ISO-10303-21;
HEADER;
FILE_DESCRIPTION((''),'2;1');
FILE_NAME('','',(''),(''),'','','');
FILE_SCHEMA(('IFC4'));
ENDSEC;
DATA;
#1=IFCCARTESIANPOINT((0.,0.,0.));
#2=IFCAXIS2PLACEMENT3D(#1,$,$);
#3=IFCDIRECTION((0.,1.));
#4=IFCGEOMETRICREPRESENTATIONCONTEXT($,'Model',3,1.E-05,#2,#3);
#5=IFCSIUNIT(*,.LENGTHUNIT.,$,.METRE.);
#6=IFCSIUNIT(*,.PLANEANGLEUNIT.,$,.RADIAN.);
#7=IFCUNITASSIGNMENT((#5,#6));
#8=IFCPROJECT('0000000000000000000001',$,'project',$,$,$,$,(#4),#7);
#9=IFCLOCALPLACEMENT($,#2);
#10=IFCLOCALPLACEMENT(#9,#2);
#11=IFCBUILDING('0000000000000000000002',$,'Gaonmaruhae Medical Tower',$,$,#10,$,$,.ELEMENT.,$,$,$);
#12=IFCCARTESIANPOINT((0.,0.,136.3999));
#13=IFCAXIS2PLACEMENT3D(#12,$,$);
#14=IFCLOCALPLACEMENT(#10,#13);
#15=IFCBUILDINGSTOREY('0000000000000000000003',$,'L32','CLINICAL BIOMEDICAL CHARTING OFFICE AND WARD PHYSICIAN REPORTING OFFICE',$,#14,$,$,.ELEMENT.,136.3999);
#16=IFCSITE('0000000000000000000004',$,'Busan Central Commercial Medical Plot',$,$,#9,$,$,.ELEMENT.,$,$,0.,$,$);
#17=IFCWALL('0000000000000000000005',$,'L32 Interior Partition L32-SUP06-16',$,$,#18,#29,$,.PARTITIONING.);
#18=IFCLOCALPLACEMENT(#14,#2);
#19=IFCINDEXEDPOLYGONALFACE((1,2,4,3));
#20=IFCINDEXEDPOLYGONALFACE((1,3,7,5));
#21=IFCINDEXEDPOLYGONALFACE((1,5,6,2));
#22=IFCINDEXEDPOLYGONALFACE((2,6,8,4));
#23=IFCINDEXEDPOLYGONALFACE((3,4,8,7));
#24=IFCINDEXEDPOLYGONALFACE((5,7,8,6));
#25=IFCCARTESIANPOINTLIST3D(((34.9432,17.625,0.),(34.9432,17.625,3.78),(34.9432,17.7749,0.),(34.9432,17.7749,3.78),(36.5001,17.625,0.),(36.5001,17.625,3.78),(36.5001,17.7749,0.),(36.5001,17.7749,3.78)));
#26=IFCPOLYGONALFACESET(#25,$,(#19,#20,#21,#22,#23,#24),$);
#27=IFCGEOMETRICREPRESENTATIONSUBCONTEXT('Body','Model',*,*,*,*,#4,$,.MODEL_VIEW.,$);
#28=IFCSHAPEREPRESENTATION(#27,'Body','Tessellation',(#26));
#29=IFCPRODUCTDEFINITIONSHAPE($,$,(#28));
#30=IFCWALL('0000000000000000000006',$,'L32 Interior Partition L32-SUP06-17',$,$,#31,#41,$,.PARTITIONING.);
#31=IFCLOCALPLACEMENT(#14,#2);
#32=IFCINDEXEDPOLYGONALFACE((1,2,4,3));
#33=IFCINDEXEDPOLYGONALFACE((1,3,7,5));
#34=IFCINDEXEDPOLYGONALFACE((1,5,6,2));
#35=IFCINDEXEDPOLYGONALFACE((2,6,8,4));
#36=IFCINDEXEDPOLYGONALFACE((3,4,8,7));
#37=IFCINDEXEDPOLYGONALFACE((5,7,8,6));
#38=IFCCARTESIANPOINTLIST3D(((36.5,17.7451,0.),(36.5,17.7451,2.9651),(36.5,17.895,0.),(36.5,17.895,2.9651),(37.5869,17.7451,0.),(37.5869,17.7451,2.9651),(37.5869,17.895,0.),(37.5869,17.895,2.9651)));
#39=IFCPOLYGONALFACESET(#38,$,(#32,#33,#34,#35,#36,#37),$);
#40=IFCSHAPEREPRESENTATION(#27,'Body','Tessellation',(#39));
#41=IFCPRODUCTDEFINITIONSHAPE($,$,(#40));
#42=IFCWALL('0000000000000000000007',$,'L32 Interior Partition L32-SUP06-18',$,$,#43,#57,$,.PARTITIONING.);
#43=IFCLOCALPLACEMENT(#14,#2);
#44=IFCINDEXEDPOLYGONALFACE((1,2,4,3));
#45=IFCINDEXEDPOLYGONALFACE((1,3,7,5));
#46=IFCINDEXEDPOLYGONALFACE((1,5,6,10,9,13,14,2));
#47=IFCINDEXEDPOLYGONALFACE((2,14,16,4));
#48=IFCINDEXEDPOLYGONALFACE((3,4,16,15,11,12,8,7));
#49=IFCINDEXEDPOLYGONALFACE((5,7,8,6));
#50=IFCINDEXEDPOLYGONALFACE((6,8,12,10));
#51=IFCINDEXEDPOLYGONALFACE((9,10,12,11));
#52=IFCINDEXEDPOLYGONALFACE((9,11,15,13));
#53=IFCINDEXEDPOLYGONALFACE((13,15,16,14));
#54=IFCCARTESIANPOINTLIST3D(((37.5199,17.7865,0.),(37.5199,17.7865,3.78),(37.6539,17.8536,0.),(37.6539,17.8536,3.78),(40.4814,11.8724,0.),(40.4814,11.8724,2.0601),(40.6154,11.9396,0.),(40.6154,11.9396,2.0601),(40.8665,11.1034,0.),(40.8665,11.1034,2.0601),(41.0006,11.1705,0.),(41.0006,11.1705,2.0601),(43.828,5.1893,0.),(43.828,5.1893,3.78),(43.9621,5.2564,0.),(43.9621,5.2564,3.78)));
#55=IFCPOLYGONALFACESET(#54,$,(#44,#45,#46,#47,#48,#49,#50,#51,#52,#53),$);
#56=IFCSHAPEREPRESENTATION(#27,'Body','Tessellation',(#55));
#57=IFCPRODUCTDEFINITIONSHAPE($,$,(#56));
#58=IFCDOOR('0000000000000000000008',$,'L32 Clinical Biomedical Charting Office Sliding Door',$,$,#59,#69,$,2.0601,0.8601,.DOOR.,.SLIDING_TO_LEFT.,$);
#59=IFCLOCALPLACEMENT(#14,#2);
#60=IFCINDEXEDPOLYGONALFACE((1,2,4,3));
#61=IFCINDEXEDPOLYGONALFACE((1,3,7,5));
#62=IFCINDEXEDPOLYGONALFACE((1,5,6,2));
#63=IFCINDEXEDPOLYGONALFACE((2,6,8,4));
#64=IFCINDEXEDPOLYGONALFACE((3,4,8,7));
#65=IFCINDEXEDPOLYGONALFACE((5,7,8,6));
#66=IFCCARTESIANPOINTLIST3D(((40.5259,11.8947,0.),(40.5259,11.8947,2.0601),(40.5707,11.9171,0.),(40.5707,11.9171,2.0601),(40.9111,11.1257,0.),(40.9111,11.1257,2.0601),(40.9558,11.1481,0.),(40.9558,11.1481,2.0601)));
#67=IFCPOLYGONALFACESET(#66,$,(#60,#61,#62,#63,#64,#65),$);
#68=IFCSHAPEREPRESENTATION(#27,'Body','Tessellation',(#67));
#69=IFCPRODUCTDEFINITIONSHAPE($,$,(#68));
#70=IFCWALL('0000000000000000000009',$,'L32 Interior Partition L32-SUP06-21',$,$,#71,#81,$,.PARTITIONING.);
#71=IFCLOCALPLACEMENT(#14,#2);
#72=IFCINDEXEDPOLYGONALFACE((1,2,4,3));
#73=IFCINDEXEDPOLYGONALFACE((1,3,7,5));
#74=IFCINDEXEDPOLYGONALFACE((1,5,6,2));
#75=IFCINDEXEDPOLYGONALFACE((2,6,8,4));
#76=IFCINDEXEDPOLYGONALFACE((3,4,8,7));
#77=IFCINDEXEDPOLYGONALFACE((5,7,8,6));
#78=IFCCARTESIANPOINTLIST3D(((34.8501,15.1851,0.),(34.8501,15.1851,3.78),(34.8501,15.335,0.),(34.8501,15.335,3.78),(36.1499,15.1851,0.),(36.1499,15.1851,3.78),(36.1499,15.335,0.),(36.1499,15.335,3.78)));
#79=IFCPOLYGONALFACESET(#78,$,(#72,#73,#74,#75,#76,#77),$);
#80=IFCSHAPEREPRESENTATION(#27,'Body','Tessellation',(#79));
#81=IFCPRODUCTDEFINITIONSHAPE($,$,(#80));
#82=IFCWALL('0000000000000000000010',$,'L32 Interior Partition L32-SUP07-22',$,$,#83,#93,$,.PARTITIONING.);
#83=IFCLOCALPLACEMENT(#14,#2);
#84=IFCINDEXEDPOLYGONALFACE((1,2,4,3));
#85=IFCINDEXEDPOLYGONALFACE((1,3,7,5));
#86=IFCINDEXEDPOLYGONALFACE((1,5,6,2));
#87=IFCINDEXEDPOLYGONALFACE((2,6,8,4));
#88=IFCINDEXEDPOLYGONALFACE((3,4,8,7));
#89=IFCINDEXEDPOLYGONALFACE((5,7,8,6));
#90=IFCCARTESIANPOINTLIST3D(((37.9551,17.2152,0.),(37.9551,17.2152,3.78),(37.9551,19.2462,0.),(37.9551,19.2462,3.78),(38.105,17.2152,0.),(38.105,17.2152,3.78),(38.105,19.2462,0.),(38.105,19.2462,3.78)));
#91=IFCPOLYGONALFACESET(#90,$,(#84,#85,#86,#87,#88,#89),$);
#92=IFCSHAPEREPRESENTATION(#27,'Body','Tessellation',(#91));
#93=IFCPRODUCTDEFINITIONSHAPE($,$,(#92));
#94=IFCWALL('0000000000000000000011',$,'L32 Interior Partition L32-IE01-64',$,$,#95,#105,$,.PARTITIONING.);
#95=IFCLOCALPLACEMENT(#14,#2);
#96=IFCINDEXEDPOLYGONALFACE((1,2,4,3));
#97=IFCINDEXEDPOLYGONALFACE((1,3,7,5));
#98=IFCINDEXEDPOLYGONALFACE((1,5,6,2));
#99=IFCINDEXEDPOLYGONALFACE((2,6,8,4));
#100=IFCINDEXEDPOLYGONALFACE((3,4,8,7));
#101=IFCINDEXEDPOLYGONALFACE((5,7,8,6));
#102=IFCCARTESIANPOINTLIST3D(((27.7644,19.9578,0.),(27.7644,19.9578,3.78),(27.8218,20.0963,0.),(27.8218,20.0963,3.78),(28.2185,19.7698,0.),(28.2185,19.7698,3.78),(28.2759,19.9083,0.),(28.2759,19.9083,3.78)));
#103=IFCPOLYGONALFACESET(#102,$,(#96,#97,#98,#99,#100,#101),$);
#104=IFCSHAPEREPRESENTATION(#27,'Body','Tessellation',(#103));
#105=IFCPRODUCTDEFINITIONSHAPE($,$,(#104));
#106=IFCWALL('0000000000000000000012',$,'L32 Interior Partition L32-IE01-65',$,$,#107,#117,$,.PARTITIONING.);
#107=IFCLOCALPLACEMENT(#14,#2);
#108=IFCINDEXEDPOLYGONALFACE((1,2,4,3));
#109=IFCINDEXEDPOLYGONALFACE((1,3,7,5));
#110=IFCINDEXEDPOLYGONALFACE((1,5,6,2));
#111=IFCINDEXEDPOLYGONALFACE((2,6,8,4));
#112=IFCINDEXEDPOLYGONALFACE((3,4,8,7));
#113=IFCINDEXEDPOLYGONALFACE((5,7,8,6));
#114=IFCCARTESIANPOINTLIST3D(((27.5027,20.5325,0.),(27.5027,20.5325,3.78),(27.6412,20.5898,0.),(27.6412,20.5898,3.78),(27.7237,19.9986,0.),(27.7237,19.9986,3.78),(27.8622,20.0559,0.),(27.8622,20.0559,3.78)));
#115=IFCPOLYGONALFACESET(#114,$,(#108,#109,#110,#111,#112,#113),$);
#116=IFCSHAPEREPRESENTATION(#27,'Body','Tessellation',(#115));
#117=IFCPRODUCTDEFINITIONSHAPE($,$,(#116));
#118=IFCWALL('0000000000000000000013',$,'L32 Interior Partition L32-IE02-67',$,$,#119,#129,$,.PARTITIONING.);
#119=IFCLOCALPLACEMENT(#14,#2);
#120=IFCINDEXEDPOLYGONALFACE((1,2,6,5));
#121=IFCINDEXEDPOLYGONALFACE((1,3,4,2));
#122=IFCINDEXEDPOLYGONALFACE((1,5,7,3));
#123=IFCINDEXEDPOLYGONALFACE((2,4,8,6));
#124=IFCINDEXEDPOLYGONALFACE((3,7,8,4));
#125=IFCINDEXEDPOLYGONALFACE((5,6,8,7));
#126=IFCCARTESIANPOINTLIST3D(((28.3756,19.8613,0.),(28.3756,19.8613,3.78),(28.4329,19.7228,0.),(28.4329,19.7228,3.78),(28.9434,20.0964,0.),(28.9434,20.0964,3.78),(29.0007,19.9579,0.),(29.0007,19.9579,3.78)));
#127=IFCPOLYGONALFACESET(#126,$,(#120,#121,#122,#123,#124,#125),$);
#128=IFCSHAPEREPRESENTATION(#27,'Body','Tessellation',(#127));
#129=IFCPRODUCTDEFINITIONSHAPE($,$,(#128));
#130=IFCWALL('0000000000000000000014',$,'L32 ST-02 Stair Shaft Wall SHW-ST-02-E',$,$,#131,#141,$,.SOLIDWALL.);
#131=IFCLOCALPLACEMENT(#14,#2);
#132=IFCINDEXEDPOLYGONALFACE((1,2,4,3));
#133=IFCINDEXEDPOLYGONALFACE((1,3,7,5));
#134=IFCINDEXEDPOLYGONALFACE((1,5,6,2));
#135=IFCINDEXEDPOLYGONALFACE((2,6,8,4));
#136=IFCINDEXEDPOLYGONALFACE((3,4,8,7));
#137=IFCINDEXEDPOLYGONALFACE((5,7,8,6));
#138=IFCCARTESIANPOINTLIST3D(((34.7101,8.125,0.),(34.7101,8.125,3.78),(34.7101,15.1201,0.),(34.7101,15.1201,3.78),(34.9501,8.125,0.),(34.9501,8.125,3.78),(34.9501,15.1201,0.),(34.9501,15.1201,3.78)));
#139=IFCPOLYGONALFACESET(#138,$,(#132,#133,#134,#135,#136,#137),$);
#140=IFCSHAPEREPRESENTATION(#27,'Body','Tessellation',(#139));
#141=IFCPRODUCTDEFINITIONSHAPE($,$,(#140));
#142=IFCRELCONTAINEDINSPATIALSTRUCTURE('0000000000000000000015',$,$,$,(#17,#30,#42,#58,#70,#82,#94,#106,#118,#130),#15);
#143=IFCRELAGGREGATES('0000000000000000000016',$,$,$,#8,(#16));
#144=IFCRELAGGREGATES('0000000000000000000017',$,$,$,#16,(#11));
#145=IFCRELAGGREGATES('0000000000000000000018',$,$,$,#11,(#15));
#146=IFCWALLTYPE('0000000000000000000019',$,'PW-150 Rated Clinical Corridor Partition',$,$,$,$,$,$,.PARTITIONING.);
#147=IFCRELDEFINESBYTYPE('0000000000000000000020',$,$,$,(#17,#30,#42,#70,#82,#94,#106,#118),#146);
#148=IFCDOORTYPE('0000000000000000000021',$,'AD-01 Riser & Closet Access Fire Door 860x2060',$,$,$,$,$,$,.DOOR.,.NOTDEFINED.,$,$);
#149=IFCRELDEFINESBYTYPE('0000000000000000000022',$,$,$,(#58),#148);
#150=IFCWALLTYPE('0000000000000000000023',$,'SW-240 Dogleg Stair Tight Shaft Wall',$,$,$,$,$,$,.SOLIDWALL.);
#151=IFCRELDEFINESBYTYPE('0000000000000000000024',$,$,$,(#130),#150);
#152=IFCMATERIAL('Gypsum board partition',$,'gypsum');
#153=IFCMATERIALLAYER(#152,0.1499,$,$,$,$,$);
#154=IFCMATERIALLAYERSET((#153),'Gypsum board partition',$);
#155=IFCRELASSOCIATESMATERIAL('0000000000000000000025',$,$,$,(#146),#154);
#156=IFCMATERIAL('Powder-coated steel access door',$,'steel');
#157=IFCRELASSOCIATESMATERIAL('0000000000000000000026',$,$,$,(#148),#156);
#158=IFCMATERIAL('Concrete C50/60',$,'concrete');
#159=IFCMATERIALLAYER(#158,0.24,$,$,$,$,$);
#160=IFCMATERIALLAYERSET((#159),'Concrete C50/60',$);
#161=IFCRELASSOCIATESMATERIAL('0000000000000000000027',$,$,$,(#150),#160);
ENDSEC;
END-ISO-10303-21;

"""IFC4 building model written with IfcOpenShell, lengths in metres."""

from ifc_helpers import new_model, si_unit, direction, frame, frame_2d, origin, place, context, subcontext, project, spatial, rectangle, extrude, material, layer, layer_set, type_object, element, fill, save


model = new_model("IFC4")

# Units and contexts
model_context = context("Model", 3, precision=1e-05, world=origin(), true_north=direction((0.0, 1.0)))
body_context = subcontext(model_context, "Body", "Model", "MODEL_VIEW")
ifc_project = project(units=[si_unit("LENGTHUNIT", "METRE"), si_unit("PLANEANGLEUNIT", "RADIAN")], contexts=[model_context])

# Site, building, storey
site_placement = place(None, origin())
site = spatial("IfcSite", under=ifc_project, at=site_placement, Name="Busan Central Commercial Medical Plot", CompositionType="ELEMENT", RefElevation=0.0)
building_placement = place(site_placement, origin())
building = spatial("IfcBuilding", under=site, at=building_placement, Name="Gaonmaruhae Medical Tower", CompositionType="ELEMENT")
storey_placement = place(building_placement, frame((0.0, 0.0, 136.3999)))
storey = spatial("IfcBuildingStorey", under=building, at=storey_placement, Name="L32", Description="CLINICAL BIOMEDICAL CHARTING OFFICE AND WARD PHYSICIAN REPORTING OFFICE", CompositionType="ELEMENT", Elevation=136.3999)

# Walls
ifc_material_1 = material(Name="Gypsum board partition", Category="gypsum")
ifc_layer_1 = layer(ifc_material_1, 0.1499)
ifc_layer_set_1 = layer_set([ifc_layer_1], Name="Gypsum board partition")
wall_type_1 = type_object("IfcWallType", Name="PW-150 Rated Clinical Corridor Partition", PredefinedType="PARTITIONING", material=ifc_layer_set_1)
wall_1_placement = place(storey_placement, frame((36.5, 17.7, 0.0), z_axis=(0.0, 0.0, 1.0), x_axis=(-1.0, 0.0, 0.0)))
element("IfcWall", 1, at=wall_1_placement, inside=storey, type_object=wall_type_1, Name="L32 Interior Partition L32-SUP06-16", PredefinedType="PARTITIONING", context=body_context, shape_type="SweptSolid", body=[
    extrude(rectangle(XDim=1.5569, YDim=0.1499, at=frame_2d((0.7783, 0.0))), origin(), (0.0, 0.0, 1.0), 3.78),
])
wall_2_placement = place(storey_placement, frame((36.5, 17.8201, 0.0), z_axis=(0.0, 0.0, 1.0), x_axis=(1.0, 0.0, 0.0)))
element("IfcWall", 2, at=wall_2_placement, inside=storey, type_object=wall_type_1, Name="L32 Interior Partition L32-SUP06-17", PredefinedType="PARTITIONING", context=body_context, shape_type="SweptSolid", body=[
    extrude(rectangle(XDim=1.0869, YDim=0.1499, at=frame_2d((0.5435, 0.0))), origin(), (0.0, 0.0, 1.0), 2.9651),
])

# Wall, opening, door
wall_3_placement = place(storey_placement, frame((37.5869, 17.8201, 0.0), z_axis=(0.0, 0.0, 1.0), x_axis=(0.447754, -0.894157, 0.0)))
wall_3 = element("IfcWall", 3, at=wall_3_placement, inside=storey, type_object=wall_type_1, Name="L32 Interior Partition L32-SUP06-18", PredefinedType="PARTITIONING", context=body_context, shape_type="SweptSolid", body=[
    extrude(rectangle(XDim=14.0884, YDim=0.1499, at=frame_2d((7.0442, 0.0))), origin(), (0.0, 0.0, 1.0), 3.78),
])
opening_1_placement = place(wall_3_placement, frame((6.614, 0.0, 0.0)))
opening_1 = element("IfcOpeningElement", 4, at=opening_1_placement, cuts=wall_3, PredefinedType="OPENING", context=body_context, shape_type="SweptSolid", body=[
    extrude(rectangle(XDim=0.8601, YDim=2.0601, at=frame_2d((0.4302, 1.03))), frame((0.0, 0.085, 0.0), z_axis=(0.0, -1.0, 0.0), x_axis=(1.0, 0.0, 0.0)), (0.0, 0.0, 1.0), 0.1699),
])
ifc_material_2 = material(Name="Powder-coated steel access door", Category="steel")
door_type_1 = type_object("IfcDoorType", Name="AD-01 Riser & Closet Access Fire Door 860x2060", OperationType="NOTDEFINED", PredefinedType="DOOR", material=ifc_material_2)
door_1_placement = place(opening_1_placement, origin())
door_1 = element("IfcDoor", 5, at=door_1_placement, inside=storey, type_object=door_type_1, Name="L32 Clinical Biomedical Charting Office Sliding Door", OperationType="SLIDING_TO_LEFT", OverallHeight=2.0601, OverallWidth=0.8601, PredefinedType="DOOR", context=body_context, shape_type="SweptSolid", body=[
    extrude(rectangle(XDim=0.8601, YDim=2.0601, at=frame_2d((0.4302, 1.03))), frame((0.0, 0.0249, 0.0), z_axis=(0.0, -1.0, 0.0), x_axis=(1.0, 0.0, 0.0)), (0.0, 0.0, 1.0), 0.05),
])
fill(opening_1, door_1)

# Walls
wall_4_placement = place(storey_placement, frame((36.1499, 15.26, 0.0), z_axis=(0.0, 0.0, 1.0), x_axis=(-1.0, 0.0, 0.0)))
element("IfcWall", 6, at=wall_4_placement, inside=storey, type_object=wall_type_1, Name="L32 Interior Partition L32-SUP06-21", PredefinedType="PARTITIONING", context=body_context, shape_type="SweptSolid", body=[
    extrude(rectangle(XDim=1.2998, YDim=0.1499, at=frame_2d((0.6499, 0.0))), origin(), (0.0, 0.0, 1.0), 3.78),
])
wall_5_placement = place(storey_placement, frame((38.03, 17.2151, 0.0), z_axis=(0.0, 0.0, 1.0), x_axis=(0.0, 1.0, 0.0)))
element("IfcWall", 7, at=wall_5_placement, inside=storey, type_object=wall_type_1, Name="L32 Interior Partition L32-SUP07-22", PredefinedType="PARTITIONING", context=body_context, shape_type="SweptSolid", body=[
    extrude(rectangle(XDim=2.031, YDim=0.1499, at=frame_2d((1.0156, 0.0))), origin(), (0.0, 0.0, 1.0), 3.78),
])

# Walls
wall_6_placement = place(storey_placement, frame((28.2471, 19.8391, 0.0), z_axis=(0.0, 0.0, 1.0), x_axis=(-0.923956, 0.382498, 0.0)))
element("IfcWall", 8, at=wall_6_placement, inside=storey, type_object=wall_type_1, Name="L32 Interior Partition L32-IE01-64", PredefinedType="PARTITIONING", context=body_context, shape_type="SweptSolid", body=[
    extrude(rectangle(XDim=0.4915, YDim=0.1499, at=frame_2d((0.2456, 0.0))), origin(), (0.0, 0.0, 1.0), 3.78),
])
wall_7_placement = place(storey_placement, frame((27.793, 20.0271, 0.0), z_axis=(0.0, 0.0, 1.0), x_axis=(-0.382364, 0.924012, 0.0)))
element("IfcWall", 9, at=wall_7_placement, inside=storey, type_object=wall_type_1, Name="L32 Interior Partition L32-IE01-65", PredefinedType="PARTITIONING", context=body_context, shape_type="SweptSolid", body=[
    extrude(rectangle(XDim=0.5779, YDim=0.1499, at=frame_2d((0.2891, 0.0))), origin(), (0.0, 0.0, 1.0), 3.78),
])
wall_8_placement = place(storey_placement, frame((28.9719, 20.0271, 0.0), z_axis=(0.0, 0.0, 1.0), x_axis=(-0.923944, -0.382527, 0.0)))
element("IfcWall", 10, at=wall_8_placement, inside=storey, type_object=wall_type_1, Name="L32 Interior Partition L32-IE02-67", PredefinedType="PARTITIONING", context=body_context, shape_type="SweptSolid", body=[
    extrude(rectangle(XDim=0.6145, YDim=0.1499, at=frame_2d((0.3071, 0.0))), origin(), (0.0, 0.0, 1.0), 3.78),
])
ifc_material_3 = material(Name="Concrete C50/60", Category="concrete")
ifc_layer_2 = layer(ifc_material_3, 0.24)
ifc_layer_set_2 = layer_set([ifc_layer_2], Name="Concrete C50/60")
wall_type_2 = type_object("IfcWallType", Name="SW-240 Dogleg Stair Tight Shaft Wall", PredefinedType="SOLIDWALL", material=ifc_layer_set_2)
wall_9_placement = place(storey_placement, frame((34.8301, 15.1201, 0.0), z_axis=(0.0, 0.0, 1.0), x_axis=(0.0, -1.0, 0.0)))
element("IfcWall", 11, at=wall_9_placement, inside=storey, type_object=wall_type_2, Name="L32 ST-02 Stair Shaft Wall SHW-ST-02-E", PredefinedType="SOLIDWALL", context=body_context, shape_type="SweptSolid", body=[
    extrude(rectangle(XDim=6.9951, YDim=0.24, at=frame_2d((3.4976, 0.0))), origin(), (0.0, 0.0, 1.0), 3.78),
])

save(model, "model.ifc")
